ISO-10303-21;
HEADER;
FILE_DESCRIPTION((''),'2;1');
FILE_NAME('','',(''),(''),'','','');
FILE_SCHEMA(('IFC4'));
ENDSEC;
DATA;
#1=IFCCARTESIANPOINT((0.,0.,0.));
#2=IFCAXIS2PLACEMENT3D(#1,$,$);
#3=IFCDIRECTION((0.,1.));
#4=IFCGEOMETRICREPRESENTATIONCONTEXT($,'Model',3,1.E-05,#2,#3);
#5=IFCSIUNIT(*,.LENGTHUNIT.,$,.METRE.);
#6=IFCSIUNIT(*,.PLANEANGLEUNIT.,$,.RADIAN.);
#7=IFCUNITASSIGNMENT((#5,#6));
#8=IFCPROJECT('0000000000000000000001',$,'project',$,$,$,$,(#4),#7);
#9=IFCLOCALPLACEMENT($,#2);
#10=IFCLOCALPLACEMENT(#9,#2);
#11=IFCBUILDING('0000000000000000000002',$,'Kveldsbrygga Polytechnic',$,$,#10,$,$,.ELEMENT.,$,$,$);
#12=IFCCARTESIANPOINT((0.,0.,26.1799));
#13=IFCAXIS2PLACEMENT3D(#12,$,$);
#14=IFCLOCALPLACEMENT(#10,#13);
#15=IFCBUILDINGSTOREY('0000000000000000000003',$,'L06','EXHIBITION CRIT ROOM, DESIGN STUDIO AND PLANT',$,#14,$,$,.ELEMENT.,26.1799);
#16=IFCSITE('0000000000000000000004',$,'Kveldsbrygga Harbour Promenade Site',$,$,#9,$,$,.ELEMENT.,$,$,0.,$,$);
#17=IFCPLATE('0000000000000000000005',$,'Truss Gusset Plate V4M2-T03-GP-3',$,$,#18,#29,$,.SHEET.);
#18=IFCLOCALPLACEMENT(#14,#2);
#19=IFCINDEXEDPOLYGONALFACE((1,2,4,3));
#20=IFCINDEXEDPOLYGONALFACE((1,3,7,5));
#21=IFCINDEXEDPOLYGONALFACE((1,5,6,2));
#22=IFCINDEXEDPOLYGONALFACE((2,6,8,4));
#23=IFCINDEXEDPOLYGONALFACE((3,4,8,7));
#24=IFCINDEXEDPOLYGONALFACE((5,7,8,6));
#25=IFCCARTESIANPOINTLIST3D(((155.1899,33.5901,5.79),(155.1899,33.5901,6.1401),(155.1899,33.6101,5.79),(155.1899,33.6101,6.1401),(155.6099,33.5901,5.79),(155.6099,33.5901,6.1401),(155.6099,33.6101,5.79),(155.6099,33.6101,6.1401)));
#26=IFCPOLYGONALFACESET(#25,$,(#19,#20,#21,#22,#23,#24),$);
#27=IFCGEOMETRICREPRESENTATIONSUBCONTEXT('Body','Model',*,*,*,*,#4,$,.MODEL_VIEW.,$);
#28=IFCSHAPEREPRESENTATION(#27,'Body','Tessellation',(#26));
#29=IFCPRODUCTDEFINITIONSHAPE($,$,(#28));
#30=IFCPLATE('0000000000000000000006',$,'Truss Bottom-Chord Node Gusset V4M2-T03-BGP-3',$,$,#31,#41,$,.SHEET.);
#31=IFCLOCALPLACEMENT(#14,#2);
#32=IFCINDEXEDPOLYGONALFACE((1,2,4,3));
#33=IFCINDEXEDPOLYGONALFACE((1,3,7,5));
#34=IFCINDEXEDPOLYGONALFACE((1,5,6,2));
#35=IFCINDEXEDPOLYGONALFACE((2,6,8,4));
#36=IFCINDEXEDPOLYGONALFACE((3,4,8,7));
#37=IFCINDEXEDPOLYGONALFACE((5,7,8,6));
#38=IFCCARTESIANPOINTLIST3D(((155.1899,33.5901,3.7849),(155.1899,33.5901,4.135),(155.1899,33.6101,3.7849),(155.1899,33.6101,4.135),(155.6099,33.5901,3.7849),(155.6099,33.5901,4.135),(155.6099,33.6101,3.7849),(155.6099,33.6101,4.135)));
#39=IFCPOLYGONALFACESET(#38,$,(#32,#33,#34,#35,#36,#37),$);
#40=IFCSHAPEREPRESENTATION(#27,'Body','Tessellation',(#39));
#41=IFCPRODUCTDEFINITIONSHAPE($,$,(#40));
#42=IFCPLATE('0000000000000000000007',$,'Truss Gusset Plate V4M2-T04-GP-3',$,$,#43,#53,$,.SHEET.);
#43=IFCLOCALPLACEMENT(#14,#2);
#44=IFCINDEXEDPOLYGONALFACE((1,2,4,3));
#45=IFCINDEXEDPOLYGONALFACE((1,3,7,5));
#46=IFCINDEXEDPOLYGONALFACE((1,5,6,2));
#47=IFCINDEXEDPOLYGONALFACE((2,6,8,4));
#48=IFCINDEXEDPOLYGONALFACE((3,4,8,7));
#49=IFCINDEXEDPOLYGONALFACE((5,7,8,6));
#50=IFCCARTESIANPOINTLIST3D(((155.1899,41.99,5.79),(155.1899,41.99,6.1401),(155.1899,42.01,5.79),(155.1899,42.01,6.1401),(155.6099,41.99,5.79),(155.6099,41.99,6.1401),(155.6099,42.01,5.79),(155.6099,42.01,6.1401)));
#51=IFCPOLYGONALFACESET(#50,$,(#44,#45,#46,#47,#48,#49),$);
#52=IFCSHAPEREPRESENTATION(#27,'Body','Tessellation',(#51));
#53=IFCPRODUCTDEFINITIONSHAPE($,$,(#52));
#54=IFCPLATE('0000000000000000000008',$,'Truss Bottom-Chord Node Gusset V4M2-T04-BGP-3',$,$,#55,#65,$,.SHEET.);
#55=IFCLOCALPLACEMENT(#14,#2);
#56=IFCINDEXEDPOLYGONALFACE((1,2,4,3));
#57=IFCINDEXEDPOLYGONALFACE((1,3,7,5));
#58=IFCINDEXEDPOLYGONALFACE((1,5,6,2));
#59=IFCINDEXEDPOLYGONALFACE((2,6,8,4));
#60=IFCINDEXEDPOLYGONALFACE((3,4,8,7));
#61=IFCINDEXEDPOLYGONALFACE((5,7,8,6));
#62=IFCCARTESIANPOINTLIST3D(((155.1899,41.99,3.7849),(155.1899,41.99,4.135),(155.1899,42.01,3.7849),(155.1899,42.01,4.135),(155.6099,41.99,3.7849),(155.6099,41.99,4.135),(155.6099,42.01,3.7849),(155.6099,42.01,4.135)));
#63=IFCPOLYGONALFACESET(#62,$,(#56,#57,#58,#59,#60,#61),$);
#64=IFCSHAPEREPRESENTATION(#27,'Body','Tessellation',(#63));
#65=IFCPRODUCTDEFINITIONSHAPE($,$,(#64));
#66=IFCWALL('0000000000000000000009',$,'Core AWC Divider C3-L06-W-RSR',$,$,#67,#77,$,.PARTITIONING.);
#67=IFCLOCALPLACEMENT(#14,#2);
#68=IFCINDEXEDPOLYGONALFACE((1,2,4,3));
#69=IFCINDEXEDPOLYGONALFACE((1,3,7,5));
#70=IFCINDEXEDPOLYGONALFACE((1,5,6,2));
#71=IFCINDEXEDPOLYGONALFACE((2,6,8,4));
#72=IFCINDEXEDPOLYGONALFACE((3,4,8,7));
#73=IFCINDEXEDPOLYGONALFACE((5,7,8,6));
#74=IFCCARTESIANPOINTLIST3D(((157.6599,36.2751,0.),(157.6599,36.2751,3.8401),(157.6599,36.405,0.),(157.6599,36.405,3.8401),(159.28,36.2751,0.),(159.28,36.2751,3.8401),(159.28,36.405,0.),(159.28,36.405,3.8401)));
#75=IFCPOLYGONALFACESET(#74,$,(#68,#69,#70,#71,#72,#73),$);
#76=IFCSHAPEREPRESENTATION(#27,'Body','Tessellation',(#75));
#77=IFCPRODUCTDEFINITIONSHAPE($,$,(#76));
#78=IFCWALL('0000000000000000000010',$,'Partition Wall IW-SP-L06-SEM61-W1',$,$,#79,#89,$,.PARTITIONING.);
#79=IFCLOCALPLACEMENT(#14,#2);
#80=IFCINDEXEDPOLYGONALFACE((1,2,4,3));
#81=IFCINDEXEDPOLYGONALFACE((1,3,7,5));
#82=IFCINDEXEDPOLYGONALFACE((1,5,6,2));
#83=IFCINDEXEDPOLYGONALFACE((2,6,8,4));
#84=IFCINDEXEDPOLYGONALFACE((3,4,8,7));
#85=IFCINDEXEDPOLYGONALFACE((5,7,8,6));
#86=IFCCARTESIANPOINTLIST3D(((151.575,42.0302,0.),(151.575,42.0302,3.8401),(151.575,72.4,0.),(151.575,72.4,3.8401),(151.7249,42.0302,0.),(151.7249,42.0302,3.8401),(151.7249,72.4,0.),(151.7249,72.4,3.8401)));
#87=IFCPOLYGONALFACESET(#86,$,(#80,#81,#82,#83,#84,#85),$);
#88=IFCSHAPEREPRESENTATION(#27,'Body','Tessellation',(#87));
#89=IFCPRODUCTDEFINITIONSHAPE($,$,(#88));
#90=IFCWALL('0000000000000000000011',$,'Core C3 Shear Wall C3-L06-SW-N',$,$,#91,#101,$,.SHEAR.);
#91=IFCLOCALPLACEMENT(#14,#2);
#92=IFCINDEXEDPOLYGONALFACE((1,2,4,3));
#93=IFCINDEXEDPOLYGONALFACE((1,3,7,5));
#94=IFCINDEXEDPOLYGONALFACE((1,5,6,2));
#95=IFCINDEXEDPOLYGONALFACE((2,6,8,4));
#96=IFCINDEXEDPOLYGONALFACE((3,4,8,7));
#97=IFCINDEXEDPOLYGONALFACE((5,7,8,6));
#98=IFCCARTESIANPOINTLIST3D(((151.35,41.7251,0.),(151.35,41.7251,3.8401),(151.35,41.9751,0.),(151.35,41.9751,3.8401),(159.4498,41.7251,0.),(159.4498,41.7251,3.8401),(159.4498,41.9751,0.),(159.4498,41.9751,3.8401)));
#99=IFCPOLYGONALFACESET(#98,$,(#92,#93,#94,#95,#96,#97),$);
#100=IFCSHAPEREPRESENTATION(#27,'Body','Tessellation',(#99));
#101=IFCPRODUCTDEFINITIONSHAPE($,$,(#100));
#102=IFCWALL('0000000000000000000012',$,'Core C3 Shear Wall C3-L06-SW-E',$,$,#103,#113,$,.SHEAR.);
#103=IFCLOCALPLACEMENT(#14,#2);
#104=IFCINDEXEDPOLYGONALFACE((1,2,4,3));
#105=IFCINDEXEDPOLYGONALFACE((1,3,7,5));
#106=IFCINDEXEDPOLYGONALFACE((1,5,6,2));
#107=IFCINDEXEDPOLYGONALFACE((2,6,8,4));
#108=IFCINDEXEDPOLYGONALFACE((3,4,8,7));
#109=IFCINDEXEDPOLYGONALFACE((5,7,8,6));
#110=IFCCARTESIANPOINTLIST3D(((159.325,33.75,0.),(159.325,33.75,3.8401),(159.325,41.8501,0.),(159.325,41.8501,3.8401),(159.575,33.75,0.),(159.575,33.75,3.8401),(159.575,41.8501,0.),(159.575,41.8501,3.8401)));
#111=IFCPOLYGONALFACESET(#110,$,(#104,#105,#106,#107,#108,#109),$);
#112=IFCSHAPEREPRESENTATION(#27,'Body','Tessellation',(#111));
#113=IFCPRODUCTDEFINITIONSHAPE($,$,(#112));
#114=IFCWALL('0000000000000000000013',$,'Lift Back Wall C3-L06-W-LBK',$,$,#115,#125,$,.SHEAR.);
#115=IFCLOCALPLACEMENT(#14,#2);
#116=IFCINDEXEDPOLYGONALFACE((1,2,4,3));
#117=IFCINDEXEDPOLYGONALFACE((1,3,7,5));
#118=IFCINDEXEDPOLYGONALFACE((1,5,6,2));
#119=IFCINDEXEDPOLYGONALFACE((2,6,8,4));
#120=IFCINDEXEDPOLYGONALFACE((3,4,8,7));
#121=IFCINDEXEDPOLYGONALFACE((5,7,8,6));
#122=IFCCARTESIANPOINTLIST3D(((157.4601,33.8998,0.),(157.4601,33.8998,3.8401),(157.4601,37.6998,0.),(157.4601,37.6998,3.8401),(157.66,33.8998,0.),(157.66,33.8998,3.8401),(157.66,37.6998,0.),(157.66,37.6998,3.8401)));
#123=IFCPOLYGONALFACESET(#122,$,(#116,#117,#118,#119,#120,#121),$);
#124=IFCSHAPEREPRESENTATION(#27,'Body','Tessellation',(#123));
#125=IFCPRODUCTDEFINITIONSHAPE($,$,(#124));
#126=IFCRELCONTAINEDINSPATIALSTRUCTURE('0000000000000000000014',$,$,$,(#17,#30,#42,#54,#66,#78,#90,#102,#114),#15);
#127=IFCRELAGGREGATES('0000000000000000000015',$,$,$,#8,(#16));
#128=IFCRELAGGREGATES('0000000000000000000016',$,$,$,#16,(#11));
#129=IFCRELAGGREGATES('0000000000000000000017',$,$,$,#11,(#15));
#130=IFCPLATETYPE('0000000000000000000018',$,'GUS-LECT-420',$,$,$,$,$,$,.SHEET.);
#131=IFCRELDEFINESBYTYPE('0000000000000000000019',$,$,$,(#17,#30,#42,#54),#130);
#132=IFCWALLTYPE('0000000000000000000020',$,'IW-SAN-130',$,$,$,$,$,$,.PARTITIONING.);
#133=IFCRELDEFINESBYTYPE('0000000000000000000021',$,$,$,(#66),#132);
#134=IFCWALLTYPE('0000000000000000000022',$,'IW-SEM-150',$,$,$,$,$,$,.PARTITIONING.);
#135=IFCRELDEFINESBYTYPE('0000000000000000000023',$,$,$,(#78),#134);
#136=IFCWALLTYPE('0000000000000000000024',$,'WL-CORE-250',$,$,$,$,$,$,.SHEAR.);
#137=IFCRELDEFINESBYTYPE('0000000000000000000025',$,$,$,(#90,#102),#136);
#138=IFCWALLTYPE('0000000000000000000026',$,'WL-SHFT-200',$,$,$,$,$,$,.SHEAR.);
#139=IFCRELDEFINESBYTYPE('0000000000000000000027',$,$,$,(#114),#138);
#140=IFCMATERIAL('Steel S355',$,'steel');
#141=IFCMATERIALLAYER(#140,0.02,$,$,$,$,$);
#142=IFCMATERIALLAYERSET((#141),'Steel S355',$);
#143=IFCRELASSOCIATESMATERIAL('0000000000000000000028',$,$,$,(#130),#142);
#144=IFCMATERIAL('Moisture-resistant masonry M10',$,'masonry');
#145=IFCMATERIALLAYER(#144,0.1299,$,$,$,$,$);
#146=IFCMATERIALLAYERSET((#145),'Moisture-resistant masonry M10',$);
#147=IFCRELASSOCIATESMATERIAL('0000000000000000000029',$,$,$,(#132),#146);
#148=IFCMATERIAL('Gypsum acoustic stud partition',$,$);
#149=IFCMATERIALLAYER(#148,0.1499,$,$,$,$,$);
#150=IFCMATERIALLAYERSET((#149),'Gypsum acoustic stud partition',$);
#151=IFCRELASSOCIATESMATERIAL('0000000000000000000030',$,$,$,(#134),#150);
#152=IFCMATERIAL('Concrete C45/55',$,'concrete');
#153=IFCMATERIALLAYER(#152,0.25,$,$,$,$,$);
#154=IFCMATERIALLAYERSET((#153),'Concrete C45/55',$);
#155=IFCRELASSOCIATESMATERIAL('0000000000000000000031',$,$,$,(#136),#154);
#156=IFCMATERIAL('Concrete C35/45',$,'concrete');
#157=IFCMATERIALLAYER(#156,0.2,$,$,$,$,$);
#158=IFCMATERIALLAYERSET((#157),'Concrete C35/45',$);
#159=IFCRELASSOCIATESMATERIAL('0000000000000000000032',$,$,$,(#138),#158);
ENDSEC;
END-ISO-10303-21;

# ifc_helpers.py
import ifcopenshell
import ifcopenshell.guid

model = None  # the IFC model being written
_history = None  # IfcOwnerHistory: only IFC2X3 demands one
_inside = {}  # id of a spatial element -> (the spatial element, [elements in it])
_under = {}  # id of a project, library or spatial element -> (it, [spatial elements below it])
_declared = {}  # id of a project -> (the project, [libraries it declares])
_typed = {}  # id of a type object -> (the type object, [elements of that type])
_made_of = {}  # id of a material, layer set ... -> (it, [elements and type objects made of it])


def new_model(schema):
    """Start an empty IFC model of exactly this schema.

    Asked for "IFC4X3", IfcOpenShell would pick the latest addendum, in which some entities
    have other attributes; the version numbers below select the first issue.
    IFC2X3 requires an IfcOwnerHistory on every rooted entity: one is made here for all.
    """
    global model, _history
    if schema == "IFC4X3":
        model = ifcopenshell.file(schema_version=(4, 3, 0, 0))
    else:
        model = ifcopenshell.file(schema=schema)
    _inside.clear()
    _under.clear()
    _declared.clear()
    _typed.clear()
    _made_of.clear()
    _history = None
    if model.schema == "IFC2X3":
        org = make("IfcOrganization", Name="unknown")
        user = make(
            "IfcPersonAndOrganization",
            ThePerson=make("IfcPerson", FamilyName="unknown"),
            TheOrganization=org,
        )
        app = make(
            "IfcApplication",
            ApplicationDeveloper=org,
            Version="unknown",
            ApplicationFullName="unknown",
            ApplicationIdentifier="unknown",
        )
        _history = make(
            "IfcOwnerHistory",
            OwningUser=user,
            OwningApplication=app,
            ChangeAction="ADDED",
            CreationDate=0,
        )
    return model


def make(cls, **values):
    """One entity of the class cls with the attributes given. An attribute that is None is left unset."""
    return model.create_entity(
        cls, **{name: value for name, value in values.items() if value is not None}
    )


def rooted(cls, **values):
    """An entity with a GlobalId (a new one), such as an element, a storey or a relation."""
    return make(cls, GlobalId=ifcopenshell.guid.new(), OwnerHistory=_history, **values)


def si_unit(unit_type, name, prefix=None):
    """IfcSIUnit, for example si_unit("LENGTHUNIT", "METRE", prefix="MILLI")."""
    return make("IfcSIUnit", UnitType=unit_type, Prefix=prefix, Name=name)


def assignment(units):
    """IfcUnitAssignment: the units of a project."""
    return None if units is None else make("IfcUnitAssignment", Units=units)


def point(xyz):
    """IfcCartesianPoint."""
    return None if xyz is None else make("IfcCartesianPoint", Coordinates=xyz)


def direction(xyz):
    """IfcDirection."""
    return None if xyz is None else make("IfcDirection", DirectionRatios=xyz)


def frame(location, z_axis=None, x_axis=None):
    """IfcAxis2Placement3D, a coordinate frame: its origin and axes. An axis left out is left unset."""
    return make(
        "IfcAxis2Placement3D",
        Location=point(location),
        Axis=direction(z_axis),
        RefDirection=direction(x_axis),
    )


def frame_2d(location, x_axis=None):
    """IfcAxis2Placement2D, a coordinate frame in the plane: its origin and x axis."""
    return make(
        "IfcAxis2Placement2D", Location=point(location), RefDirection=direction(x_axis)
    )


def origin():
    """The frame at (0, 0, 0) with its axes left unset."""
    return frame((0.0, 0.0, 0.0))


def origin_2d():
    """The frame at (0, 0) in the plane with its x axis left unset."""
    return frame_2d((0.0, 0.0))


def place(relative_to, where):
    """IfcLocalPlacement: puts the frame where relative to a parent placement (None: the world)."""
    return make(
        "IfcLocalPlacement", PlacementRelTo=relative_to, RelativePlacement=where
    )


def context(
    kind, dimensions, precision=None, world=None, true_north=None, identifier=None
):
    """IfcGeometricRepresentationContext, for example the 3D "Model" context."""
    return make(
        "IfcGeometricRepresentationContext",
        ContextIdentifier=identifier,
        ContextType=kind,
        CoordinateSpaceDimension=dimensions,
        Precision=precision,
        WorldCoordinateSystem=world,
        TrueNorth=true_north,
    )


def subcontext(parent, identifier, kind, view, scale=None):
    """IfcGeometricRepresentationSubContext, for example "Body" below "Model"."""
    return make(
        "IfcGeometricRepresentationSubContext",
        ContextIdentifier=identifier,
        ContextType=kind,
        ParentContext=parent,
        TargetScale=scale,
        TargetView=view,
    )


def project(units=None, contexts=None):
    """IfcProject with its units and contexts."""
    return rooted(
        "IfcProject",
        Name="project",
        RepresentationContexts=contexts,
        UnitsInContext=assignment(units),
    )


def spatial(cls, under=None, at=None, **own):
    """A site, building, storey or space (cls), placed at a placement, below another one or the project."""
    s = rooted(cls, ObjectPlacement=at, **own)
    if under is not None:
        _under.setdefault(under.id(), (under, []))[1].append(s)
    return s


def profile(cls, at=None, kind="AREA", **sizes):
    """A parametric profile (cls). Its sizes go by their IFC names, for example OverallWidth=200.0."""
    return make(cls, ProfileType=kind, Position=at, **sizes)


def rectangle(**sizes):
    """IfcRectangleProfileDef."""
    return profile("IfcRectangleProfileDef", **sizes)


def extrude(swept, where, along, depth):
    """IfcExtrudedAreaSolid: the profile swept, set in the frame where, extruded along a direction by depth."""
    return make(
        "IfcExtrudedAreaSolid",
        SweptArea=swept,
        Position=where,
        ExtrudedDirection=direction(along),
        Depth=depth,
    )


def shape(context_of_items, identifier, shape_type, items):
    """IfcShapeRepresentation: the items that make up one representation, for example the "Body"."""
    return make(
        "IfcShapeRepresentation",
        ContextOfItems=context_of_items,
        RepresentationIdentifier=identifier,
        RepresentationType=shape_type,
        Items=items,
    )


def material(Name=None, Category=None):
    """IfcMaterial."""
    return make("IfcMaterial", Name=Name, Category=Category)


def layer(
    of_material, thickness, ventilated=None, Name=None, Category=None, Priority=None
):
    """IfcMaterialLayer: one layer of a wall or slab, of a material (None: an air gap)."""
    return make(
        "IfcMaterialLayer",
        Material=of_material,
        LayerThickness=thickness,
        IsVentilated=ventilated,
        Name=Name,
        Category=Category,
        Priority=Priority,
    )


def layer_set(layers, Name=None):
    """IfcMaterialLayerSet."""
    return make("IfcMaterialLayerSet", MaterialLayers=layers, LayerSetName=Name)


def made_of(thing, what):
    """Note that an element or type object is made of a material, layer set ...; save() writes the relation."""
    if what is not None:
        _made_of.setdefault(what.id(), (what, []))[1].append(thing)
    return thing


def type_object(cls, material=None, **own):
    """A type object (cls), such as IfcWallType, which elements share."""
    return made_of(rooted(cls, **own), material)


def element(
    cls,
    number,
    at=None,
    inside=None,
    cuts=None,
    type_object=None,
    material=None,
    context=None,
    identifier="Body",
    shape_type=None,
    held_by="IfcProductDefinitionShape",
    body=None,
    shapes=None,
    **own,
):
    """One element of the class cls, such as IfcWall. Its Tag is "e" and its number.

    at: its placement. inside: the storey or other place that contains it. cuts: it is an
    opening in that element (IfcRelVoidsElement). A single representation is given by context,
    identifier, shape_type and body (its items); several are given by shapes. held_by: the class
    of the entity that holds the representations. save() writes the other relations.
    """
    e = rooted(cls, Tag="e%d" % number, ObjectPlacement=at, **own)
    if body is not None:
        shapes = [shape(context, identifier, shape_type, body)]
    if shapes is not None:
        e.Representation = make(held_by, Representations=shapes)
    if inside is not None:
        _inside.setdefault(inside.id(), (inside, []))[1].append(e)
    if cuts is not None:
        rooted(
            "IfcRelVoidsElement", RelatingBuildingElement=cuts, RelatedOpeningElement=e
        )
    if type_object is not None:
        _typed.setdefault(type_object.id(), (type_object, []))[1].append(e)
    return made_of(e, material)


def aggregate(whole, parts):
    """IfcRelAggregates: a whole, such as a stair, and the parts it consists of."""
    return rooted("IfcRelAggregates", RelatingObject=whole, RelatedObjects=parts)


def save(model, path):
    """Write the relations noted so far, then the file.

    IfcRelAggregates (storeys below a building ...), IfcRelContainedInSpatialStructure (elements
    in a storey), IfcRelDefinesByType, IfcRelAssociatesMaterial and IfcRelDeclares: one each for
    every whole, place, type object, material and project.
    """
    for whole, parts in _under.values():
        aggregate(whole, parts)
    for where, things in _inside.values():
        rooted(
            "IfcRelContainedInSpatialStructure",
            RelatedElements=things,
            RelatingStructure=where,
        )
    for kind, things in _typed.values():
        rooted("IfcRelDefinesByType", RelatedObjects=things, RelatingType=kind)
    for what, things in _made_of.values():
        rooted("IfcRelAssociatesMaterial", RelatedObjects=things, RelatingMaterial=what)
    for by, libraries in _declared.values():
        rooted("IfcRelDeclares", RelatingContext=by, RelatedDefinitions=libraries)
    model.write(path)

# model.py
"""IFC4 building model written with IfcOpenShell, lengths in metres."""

from ifc_helpers import new_model, si_unit, direction, frame, frame_2d, origin, origin_2d, place, context, subcontext, project, spatial, rectangle, extrude, material, layer, layer_set, type_object, element, save


model = new_model("IFC4")

# Units and contexts
model_context = context("Model", 3, precision=1e-05, world=origin(), true_north=direction((0.0, 1.0)))
body_context = subcontext(model_context, "Body", "Model", "MODEL_VIEW")
ifc_project = project(units=[si_unit("LENGTHUNIT", "METRE"), si_unit("PLANEANGLEUNIT", "RADIAN")], contexts=[model_context])

# Site, building, storey
site_placement = place(None, origin())
site = spatial("IfcSite", under=ifc_project, at=site_placement, Name="Kveldsbrygga Harbour Promenade Site", CompositionType="ELEMENT", RefElevation=0.0)
building_placement = place(site_placement, origin())
building = spatial("IfcBuilding", under=site, at=building_placement, Name="Kveldsbrygga Polytechnic", CompositionType="ELEMENT")
storey_placement = place(building_placement, frame((0.0, 0.0, 26.1799)))
storey = spatial("IfcBuildingStorey", under=building, at=storey_placement, Name="L06", Description="EXHIBITION CRIT ROOM, DESIGN STUDIO AND PLANT", CompositionType="ELEMENT", Elevation=26.1799)

# Shared definitions
ifc_material_1 = material(Name="Concrete C45/55", Category="concrete")

# Shared definitions
ifc_material_2 = material(Name="Steel S355", Category="steel")

# Plates
ifc_layer_1 = layer(ifc_material_2, 0.02)
ifc_layer_set_1 = layer_set([ifc_layer_1], Name="Steel S355")
plate_type_1 = type_object("IfcPlateType", Name="GUS-LECT-420", PredefinedType="SHEET", material=ifc_layer_set_1)
for number, where, z_axis, x_axis, name in (
    (1, (155.3999, 33.6001, 5.79), (0.0, 0.0, 1.0), (1.0, 0.0, 0.0), "Truss Gusset Plate V4M2-T03-GP-3"),
    (2, (155.3999, 33.6001, 3.7849), (0.0, 0.0, 1.0), (1.0, 0.0, 0.0), "Truss Bottom-Chord Node Gusset V4M2-T03-BGP-3"),
    (3, (155.3999, 42.0, 5.79), (0.0, 0.0, 1.0), (1.0, 0.0, 0.0), "Truss Gusset Plate V4M2-T04-GP-3"),
    (4, (155.3999, 42.0, 3.7849), (0.0, 0.0, 1.0), (1.0, 0.0, 0.0), "Truss Bottom-Chord Node Gusset V4M2-T04-BGP-3"),
):
    element("IfcPlate", number, at=place(storey_placement, frame(where, z_axis=z_axis, x_axis=x_axis)), inside=storey, type_object=plate_type_1, Name=name, PredefinedType="SHEET", context=body_context, shape_type="SweptSolid", body=[
        extrude(rectangle(XDim=0.4199, YDim=0.02, at=origin_2d()), origin(), (0.0, 0.0, 1.0), 0.3501),
    ])

# Walls
ifc_material_3 = material(Name="Moisture-resistant masonry M10", Category="masonry")
ifc_layer_2 = layer(ifc_material_3, 0.1299)
ifc_layer_set_2 = layer_set([ifc_layer_2], Name="Moisture-resistant masonry M10")
wall_type_1 = type_object("IfcWallType", Name="IW-SAN-130", PredefinedType="PARTITIONING", material=ifc_layer_set_2)
wall_1_placement = place(storey_placement, frame((157.6599, 36.3401, 0.0), z_axis=(0.0, 0.0, 1.0), x_axis=(1.0, 0.0, 0.0)))
element("IfcWall", 5, at=wall_1_placement, inside=storey, type_object=wall_type_1, Name="Core AWC Divider C3-L06-W-RSR", PredefinedType="PARTITIONING", context=body_context, shape_type="SweptSolid", body=[
    extrude(rectangle(XDim=1.6201, YDim=0.1299, at=frame_2d((0.8101, 0.0))), origin(), (0.0, 0.0, 1.0), 3.8401),
])
ifc_material_4 = material(Name="Gypsum acoustic stud partition")
ifc_layer_3 = layer(ifc_material_4, 0.1499)
ifc_layer_set_3 = layer_set([ifc_layer_3], Name="Gypsum acoustic stud partition")
wall_type_2 = type_object("IfcWallType", Name="IW-SEM-150", PredefinedType="PARTITIONING", material=ifc_layer_set_3)
wall_2_placement = place(storey_placement, frame((151.6499, 42.03, 0.0), z_axis=(0.0, 0.0, 1.0), x_axis=(0.0, 1.0, 0.0)))
element("IfcWall", 6, at=wall_2_placement, inside=storey, type_object=wall_type_2, Name="Partition Wall IW-SP-L06-SEM61-W1", PredefinedType="PARTITIONING", context=body_context, shape_type="SweptSolid", body=[
    extrude(rectangle(XDim=30.3699, YDim=0.1499, at=frame_2d((15.1851, 0.0))), origin(), (0.0, 0.0, 1.0), 3.8401),
])
ifc_layer_4 = layer(ifc_material_1, 0.25)
ifc_layer_set_4 = layer_set([ifc_layer_4], Name="Concrete C45/55")
wall_type_3 = type_object("IfcWallType", Name="WL-CORE-250", PredefinedType="SHEAR", material=ifc_layer_set_4)
wall_3_placement = place(storey_placement, frame((151.3501, 41.8501, 0.0), z_axis=(0.0, 0.0, 1.0), x_axis=(1.0, 0.0, 0.0)))
element("IfcWall", 7, at=wall_3_placement, inside=storey, type_object=wall_type_3, Name="Core C3 Shear Wall C3-L06-SW-N", PredefinedType="SHEAR", context=body_context, shape_type="SweptSolid", body=[
    extrude(rectangle(XDim=8.0999, YDim=0.25, at=frame_2d((4.0498, 0.0))), origin(), (0.0, 0.0, 1.0), 3.8401),
])
wall_4_placement = place(storey_placement, frame((159.45, 33.75, 0.0), z_axis=(0.0, 0.0, 1.0), x_axis=(0.0, 1.0, 0.0)))
element("IfcWall", 8, at=wall_4_placement, inside=storey, type_object=wall_type_3, Name="Core C3 Shear Wall C3-L06-SW-E", PredefinedType="SHEAR", context=body_context, shape_type="SweptSolid", body=[
    extrude(rectangle(XDim=8.1001, YDim=0.25, at=frame_2d((4.05, 0.0))), origin(), (0.0, 0.0, 1.0), 3.8401),
])

# Shared definitions
ifc_material_5 = material(Name="Concrete C35/45", Category="concrete")
ifc_layer_5 = layer(ifc_material_5, 0.2)
ifc_layer_set_5 = layer_set([ifc_layer_5], Name="Concrete C35/45")
wall_type_4 = type_object("IfcWallType", Name="WL-SHFT-200", PredefinedType="SHEAR", material=ifc_layer_set_5)

# Wall
wall_5_placement = place(storey_placement, frame((157.5601, 33.8999, 0.0), z_axis=(0.0, 0.0, 1.0), x_axis=(0.0, 1.0, 0.0)))
element("IfcWall", 9, at=wall_5_placement, inside=storey, type_object=wall_type_4, Name="Lift Back Wall C3-L06-W-LBK", PredefinedType="SHEAR", context=body_context, shape_type="SweptSolid", body=[
    extrude(rectangle(XDim=3.8, YDim=0.2, at=frame_2d((1.8999, 0.0))), origin(), (0.0, 0.0, 1.0), 3.8401),
])

save(model, "model.ifc")
